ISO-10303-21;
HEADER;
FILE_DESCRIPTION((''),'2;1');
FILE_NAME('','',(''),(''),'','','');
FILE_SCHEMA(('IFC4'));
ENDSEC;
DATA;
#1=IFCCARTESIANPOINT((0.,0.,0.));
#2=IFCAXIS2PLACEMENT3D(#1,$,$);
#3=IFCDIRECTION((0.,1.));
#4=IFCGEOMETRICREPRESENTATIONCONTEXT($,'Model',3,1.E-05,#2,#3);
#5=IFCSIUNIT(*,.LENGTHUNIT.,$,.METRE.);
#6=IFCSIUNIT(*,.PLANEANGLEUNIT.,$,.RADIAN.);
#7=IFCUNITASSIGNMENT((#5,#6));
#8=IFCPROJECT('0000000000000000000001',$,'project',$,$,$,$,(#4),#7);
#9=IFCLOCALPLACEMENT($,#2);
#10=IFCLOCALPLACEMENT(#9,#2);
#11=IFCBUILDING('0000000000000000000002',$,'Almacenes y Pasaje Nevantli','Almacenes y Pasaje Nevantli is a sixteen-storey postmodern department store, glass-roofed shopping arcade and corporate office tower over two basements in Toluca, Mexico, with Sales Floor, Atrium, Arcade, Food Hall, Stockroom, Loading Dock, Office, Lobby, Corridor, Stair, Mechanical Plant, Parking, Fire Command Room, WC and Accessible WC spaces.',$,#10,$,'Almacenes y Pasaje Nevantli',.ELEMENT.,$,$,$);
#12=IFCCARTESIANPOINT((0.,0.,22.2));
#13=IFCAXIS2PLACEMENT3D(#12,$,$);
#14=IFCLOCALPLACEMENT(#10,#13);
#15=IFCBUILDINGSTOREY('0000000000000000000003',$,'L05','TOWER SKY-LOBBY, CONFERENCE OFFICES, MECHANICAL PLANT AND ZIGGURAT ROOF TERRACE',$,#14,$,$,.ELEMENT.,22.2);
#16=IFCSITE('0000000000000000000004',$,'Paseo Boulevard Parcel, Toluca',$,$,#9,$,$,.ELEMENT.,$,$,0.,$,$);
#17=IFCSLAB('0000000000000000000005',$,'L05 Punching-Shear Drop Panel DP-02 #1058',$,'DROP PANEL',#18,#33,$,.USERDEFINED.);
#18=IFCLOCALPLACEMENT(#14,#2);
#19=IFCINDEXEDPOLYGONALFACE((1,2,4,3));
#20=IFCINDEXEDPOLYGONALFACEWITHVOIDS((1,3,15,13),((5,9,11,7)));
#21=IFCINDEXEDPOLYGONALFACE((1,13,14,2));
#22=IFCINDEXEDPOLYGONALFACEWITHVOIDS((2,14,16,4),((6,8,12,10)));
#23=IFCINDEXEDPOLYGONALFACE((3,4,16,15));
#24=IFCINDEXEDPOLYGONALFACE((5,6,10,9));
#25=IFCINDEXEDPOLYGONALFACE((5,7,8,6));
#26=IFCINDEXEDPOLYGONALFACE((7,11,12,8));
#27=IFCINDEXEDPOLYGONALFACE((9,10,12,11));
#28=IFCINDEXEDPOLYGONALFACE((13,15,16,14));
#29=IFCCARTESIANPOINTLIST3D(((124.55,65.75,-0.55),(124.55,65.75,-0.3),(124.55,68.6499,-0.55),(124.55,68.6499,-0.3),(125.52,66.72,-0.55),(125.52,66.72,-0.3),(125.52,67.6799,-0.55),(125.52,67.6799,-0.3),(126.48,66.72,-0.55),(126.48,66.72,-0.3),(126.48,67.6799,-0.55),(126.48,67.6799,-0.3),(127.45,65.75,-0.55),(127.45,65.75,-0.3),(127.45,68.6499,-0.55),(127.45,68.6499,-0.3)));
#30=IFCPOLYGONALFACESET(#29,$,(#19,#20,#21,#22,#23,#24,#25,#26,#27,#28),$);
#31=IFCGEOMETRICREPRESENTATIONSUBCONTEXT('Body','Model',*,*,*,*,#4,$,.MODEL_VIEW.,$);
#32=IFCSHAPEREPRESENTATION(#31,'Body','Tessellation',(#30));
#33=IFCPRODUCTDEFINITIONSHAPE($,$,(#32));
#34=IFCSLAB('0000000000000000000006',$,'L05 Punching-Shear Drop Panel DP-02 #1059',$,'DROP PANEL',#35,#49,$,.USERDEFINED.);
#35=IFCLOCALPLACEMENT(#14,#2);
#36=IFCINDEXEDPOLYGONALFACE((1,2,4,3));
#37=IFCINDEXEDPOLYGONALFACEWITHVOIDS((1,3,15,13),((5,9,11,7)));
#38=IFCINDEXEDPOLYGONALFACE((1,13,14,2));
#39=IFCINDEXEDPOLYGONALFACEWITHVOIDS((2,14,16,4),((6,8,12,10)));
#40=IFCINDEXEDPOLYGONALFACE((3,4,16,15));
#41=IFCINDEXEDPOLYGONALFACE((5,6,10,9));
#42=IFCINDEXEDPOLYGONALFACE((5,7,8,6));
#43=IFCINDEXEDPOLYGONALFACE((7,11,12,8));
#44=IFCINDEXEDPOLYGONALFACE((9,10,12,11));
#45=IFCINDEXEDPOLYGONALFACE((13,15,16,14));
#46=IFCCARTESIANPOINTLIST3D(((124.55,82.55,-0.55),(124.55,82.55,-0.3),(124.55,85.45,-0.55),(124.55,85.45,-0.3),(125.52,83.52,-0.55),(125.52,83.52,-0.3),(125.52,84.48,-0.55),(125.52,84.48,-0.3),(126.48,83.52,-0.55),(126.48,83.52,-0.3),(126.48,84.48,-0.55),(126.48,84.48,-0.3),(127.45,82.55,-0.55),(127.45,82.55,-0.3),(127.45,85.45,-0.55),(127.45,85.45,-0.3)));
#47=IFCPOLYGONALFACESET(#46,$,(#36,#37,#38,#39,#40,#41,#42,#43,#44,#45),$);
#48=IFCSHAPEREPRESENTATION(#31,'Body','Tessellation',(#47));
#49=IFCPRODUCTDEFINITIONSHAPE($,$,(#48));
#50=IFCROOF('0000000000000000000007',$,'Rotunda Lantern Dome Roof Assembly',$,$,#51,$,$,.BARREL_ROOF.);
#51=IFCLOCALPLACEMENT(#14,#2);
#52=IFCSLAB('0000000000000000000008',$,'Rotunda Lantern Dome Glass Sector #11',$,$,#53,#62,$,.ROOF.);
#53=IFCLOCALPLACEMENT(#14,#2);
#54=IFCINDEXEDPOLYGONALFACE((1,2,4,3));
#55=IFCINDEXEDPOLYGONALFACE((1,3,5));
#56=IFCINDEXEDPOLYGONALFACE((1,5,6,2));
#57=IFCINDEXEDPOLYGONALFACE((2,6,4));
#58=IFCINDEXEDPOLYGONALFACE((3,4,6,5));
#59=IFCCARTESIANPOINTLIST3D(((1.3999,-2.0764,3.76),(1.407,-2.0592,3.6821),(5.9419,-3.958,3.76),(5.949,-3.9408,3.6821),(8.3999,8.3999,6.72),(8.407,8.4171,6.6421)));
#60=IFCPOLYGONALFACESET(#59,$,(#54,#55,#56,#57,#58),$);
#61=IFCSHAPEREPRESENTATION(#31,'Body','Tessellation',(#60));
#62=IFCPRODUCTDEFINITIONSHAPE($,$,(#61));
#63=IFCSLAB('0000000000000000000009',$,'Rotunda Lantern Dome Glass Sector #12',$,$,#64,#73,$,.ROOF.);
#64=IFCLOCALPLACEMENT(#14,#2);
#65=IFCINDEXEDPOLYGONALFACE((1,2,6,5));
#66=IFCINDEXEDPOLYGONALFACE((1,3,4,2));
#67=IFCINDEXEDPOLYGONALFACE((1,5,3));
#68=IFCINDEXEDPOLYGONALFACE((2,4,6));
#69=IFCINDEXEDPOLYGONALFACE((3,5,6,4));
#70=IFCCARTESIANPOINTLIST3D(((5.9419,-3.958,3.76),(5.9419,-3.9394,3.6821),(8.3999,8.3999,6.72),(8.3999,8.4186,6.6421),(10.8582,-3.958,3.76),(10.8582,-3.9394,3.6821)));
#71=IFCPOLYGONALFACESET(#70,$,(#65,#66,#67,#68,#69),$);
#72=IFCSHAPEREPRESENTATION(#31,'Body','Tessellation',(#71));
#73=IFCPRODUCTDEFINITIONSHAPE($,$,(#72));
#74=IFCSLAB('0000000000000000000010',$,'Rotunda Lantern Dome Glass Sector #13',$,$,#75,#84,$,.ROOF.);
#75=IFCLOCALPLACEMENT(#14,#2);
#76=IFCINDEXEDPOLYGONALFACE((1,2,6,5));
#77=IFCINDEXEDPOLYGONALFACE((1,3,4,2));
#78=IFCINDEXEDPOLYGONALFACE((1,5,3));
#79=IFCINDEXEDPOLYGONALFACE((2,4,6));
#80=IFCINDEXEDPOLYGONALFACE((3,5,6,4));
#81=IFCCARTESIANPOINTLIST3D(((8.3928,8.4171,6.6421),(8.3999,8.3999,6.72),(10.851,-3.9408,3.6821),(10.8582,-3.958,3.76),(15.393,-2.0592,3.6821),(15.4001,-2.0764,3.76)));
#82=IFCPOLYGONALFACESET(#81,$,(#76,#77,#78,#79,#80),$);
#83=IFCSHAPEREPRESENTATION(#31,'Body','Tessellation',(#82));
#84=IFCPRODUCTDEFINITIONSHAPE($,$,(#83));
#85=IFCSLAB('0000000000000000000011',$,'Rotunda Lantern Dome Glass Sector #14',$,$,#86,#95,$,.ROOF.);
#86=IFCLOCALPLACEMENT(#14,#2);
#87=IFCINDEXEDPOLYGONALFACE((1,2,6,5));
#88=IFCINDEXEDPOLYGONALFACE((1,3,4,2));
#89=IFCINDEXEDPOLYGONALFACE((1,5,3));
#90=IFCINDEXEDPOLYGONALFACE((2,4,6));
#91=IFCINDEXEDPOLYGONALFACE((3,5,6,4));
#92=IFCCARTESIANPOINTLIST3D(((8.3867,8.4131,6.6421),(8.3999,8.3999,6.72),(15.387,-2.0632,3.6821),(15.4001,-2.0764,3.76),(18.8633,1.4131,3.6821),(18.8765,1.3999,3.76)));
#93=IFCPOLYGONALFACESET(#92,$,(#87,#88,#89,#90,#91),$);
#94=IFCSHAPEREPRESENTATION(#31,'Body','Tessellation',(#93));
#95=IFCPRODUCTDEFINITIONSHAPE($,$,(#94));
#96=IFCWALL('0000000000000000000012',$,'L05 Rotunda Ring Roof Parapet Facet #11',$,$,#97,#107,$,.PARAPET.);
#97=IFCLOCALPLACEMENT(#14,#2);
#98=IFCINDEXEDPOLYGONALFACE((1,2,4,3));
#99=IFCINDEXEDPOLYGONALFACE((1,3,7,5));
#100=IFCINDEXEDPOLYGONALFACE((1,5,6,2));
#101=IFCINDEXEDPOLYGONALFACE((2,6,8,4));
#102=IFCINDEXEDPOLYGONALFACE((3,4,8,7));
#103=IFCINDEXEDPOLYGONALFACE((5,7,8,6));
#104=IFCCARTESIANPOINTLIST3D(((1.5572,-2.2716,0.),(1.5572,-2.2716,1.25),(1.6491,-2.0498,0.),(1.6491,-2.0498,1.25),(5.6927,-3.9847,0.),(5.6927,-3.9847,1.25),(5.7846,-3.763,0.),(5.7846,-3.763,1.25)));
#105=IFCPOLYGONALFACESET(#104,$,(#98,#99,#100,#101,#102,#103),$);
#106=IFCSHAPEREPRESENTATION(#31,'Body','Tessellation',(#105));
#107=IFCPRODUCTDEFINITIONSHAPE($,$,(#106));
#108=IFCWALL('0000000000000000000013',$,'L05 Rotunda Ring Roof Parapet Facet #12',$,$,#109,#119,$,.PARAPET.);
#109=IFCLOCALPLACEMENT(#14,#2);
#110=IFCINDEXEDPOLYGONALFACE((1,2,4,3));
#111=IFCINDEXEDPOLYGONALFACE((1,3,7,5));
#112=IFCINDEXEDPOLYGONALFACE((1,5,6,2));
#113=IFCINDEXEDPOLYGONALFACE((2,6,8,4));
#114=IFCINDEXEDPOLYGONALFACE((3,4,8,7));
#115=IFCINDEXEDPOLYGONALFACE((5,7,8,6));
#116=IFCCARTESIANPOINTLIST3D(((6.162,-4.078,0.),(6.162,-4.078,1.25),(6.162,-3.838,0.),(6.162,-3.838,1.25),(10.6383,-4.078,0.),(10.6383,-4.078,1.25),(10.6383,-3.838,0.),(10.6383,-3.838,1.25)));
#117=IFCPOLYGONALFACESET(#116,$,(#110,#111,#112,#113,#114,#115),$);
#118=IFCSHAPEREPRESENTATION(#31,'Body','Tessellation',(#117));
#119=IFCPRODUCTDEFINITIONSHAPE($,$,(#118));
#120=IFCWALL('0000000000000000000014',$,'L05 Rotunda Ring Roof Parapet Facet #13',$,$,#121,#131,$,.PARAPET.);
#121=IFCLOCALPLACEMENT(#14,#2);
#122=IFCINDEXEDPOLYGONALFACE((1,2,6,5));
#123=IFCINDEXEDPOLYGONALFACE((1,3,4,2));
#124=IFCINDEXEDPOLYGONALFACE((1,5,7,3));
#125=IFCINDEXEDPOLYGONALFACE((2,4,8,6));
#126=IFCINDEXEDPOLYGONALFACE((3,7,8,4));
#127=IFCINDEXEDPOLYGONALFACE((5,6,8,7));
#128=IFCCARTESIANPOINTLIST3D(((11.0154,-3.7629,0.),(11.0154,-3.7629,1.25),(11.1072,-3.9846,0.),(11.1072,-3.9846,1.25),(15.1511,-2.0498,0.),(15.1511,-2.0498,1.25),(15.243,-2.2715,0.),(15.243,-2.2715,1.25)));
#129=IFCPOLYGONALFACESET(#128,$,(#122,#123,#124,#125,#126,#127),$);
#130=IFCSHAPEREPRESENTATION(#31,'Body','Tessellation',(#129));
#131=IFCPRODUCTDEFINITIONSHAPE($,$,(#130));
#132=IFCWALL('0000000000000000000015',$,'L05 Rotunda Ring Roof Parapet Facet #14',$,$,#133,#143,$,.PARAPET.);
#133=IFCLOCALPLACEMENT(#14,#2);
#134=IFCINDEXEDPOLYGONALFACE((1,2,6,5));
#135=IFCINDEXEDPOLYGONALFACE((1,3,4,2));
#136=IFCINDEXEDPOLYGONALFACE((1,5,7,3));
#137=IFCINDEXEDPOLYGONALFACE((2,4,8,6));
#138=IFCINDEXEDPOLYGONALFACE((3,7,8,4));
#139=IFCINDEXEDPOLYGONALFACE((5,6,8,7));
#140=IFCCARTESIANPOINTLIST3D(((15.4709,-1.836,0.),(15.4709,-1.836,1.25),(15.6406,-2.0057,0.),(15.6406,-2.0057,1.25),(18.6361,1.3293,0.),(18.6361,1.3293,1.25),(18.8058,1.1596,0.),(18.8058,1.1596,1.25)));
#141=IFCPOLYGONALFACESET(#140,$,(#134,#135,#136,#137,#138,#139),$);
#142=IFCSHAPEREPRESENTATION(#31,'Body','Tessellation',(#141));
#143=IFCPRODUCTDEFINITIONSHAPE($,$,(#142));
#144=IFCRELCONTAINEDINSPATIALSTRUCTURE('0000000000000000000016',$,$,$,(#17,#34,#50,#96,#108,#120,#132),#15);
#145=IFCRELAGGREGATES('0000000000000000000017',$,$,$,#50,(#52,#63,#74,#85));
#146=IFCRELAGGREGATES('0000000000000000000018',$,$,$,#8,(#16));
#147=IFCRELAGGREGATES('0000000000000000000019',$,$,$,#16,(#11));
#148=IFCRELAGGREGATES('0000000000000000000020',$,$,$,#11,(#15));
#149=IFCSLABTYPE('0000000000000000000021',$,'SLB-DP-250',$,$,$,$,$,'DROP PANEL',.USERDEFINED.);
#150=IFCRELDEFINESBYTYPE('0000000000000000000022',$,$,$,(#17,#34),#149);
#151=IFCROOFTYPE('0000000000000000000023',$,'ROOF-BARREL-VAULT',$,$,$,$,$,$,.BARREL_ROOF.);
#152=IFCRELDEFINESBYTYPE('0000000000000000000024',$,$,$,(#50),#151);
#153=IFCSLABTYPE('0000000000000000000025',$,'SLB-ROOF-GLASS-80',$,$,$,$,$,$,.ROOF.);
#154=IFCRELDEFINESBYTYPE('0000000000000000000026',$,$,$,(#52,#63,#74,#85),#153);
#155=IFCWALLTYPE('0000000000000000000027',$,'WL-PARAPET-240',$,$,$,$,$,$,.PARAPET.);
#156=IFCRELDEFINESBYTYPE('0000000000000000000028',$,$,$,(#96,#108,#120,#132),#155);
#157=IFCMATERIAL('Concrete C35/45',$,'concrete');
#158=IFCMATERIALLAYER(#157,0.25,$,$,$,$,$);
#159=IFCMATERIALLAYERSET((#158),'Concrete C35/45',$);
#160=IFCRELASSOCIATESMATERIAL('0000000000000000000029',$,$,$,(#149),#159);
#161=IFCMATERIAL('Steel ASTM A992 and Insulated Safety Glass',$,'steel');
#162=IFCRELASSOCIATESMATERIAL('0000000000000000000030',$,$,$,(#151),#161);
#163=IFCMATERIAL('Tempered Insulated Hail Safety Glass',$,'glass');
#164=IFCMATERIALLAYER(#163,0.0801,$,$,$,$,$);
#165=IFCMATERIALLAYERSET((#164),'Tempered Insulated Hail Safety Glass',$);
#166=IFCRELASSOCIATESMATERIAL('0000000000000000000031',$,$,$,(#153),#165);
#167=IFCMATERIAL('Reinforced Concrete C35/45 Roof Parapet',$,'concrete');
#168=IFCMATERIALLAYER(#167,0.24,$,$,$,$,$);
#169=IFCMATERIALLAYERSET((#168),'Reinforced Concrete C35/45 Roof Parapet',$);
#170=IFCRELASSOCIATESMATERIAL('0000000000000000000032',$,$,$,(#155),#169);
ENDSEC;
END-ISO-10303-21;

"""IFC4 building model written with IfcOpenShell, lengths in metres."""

from ifc_helpers import new_model, si_unit, direction, frame, frame_2d, origin, place, context, subcontext, project, spatial, polyline, rectangle, outline, extrude, material, layer, layer_set, type_object, element, aggregate, save


model = new_model("IFC4")

# Units and contexts
model_context = context("Model", 3, precision=1e-05, world=origin(), true_north=direction((0.0, 1.0)))
body_context = subcontext(model_context, "Body", "Model", "MODEL_VIEW")
ifc_project = project(units=[si_unit("LENGTHUNIT", "METRE"), si_unit("PLANEANGLEUNIT", "RADIAN")], contexts=[model_context])

# Site, building, storey
site_placement = place(None, origin())
site = spatial("IfcSite", under=ifc_project, at=site_placement, Name="Paseo Boulevard Parcel, Toluca", CompositionType="ELEMENT", RefElevation=0.0)
building_placement = place(site_placement, origin())
building = spatial("IfcBuilding", under=site, at=building_placement, Name="Almacenes y Pasaje Nevantli", Description="Almacenes y Pasaje Nevantli is a sixteen-storey postmodern department store, glass-roofed shopping arcade and corporate office tower over two basements in Toluca, Mexico, with Sales Floor, Atrium, Arcade, Food Hall, Stockroom, Loading Dock, Office, Lobby, Corridor, Stair, Mechanical Plant, Parking, Fire Command Room, WC and Accessible WC spaces.", LongName="Almacenes y Pasaje Nevantli", CompositionType="ELEMENT")
storey_placement = place(building_placement, frame((0.0, 0.0, 22.2)))
storey = spatial("IfcBuildingStorey", under=building, at=storey_placement, Name="L05", Description="TOWER SKY-LOBBY, CONFERENCE OFFICES, MECHANICAL PLANT AND ZIGGURAT ROOF TERRACE", CompositionType="ELEMENT", Elevation=22.2)

# Slabs
ifc_material_1 = material(Name="Concrete C35/45", Category="concrete")
ifc_layer_1 = layer(ifc_material_1, 0.25)
ifc_layer_set_1 = layer_set([ifc_layer_1], Name="Concrete C35/45")
slab_type_1 = type_object("IfcSlabType", Name="SLB-DP-250", ElementType="DROP PANEL", PredefinedType="USERDEFINED", material=ifc_layer_set_1)
slab_1_placement = place(storey_placement, frame((0.0, 0.0, -0.55)))
element("IfcSlab", 1, at=slab_1_placement, inside=storey, type_object=slab_type_1, Name="L05 Punching-Shear Drop Panel DP-02 #1058", ObjectType="DROP PANEL", PredefinedType="USERDEFINED", context=body_context, shape_type="SweptSolid", body=[
    extrude(outline(polyline([(124.55, 65.75), (127.45, 65.75), (127.45, 68.6499), (124.55, 68.6499), (124.55, 65.75)]), holes=[polyline([(125.52, 66.72), (126.48, 66.72), (126.48, 67.6799), (125.52, 67.6799), (125.52, 66.72)])]), origin(), (0.0, 0.0, 1.0), 0.25),
])
slab_2_placement = place(storey_placement, frame((0.0, 0.0, -0.55)))
element("IfcSlab", 2, at=slab_2_placement, inside=storey, type_object=slab_type_1, Name="L05 Punching-Shear Drop Panel DP-02 #1059", ObjectType="DROP PANEL", PredefinedType="USERDEFINED", context=body_context, shape_type="SweptSolid", body=[
    extrude(outline(polyline([(124.55, 82.55), (127.45, 82.55), (127.45, 85.45), (124.55, 85.45), (124.55, 82.55)]), holes=[polyline([(125.52, 83.52), (126.48, 83.52), (126.48, 84.48), (125.52, 84.48), (125.52, 83.52)])]), origin(), (0.0, 0.0, 1.0), 0.25),
])

# Roof, slabs
ifc_material_2 = material(Name="Steel ASTM A992 and Insulated Safety Glass", Category="steel")
roof_type = type_object("IfcRoofType", Name="ROOF-BARREL-VAULT", PredefinedType="BARREL_ROOF", material=ifc_material_2)
roof_placement = place(storey_placement, origin())
roof = element("IfcRoof", 3, at=roof_placement, inside=storey, type_object=roof_type, Name="Rotunda Lantern Dome Roof Assembly", PredefinedType="BARREL_ROOF")
ifc_material_3 = material(Name="Tempered Insulated Hail Safety Glass", Category="glass")
ifc_layer_2 = layer(ifc_material_3, 0.0801)
ifc_layer_set_2 = layer_set([ifc_layer_2], Name="Tempered Insulated Hail Safety Glass")
slab_type_2 = type_object("IfcSlabType", Name="SLB-ROOF-GLASS-80", PredefinedType="ROOF", material=ifc_layer_set_2)
slab_3_placement = place(storey_placement, frame((1.3999, -2.0764, 3.76), z_axis=(-0.08915, -0.215199, 0.972493), x_axis=(0.923862, -0.382725, 0.0)))
slab_3 = element("IfcSlab", 4, at=slab_3_placement, type_object=slab_type_2, Name="Rotunda Lantern Dome Glass Sector #11", PredefinedType="ROOF", context=body_context, shape_type="SweptSolid", body=[
    extrude(outline(polyline([(0.0, 0.0), (4.9163, 0.0), (2.4575, 12.7073), (0.0, 0.0)])), origin(), (0.0, 0.0, -1.0), 0.0801),
])
slab_4_placement = place(storey_placement, frame((5.9419, -3.958, 3.76), z_axis=(0.0, -0.232931, 0.972493), x_axis=(1.0, 0.0, 0.0)))
slab_4 = element("IfcSlab", 5, at=slab_4_placement, type_object=slab_type_2, Name="Rotunda Lantern Dome Glass Sector #12", PredefinedType="ROOF", context=body_context, shape_type="SweptSolid", body=[
    extrude(outline(polyline([(0.0, 0.0), (4.9163, 0.0), (2.458, 12.7075), (0.0, 0.0)])), origin(), (0.0, 0.0, -1.0), 0.0801),
])
slab_5_placement = place(storey_placement, frame((10.8582, -3.958, 3.76), z_axis=(0.089149, -0.215197, 0.972493), x_axis=(0.923862, 0.382725, 0.0)))
slab_5 = element("IfcSlab", 6, at=slab_5_placement, type_object=slab_type_2, Name="Rotunda Lantern Dome Glass Sector #13", PredefinedType="ROOF", context=body_context, shape_type="SweptSolid", body=[
    extrude(outline(polyline([(0.0, 0.0), (4.9163, 0.0), (2.4586, 12.7074), (0.0, 0.0)])), origin(), (0.0, 0.0, -1.0), 0.0801),
])
slab_6_placement = place(storey_placement, frame((15.4001, -2.0764, 3.76), z_axis=(0.164709, -0.164709, 0.972493), x_axis=(0.707107, 0.707107, 0.0)))
slab_6 = element("IfcSlab", 7, at=slab_6_placement, type_object=slab_type_2, Name="Rotunda Lantern Dome Glass Sector #14", PredefinedType="ROOF", context=body_context, shape_type="SweptSolid", body=[
    extrude(outline(polyline([(0.0, 0.0), (4.9163, 0.0), (2.458, 12.7073), (0.0, 0.0)])), origin(), (0.0, 0.0, -1.0), 0.0801),
])
aggregate(roof, [slab_3, slab_4, slab_5, slab_6])

# Walls
ifc_material_4 = material(Name="Reinforced Concrete C35/45 Roof Parapet", Category="concrete")
ifc_layer_3 = layer(ifc_material_4, 0.24)
ifc_layer_set_3 = layer_set([ifc_layer_3], Name="Reinforced Concrete C35/45 Roof Parapet")
wall_type = type_object("IfcWallType", Name="WL-PARAPET-240", PredefinedType="PARAPET", material=ifc_layer_set_3)
for number, where, z_axis, x_axis, name in (
    (8, (1.603, -2.1606, 0.0), (0.0, 0.0, 1.0), (0.923867, -0.382713, 0.0), "L05 Rotunda Ring Roof Parapet Facet #11"),
    (9, (6.1619, -3.958, 0.0), (0.0, 0.0, 1.0), (1.0, 0.0, 0.0), "L05 Rotunda Ring Roof Parapet Facet #12"),
):
    element("IfcWall", number, at=place(storey_placement, frame(where, z_axis=z_axis, x_axis=x_axis)), inside=storey, type_object=wall_type, Name=name, PredefinedType="PARAPET", context=body_context, shape_type="SweptSolid", body=[
        extrude(rectangle(XDim=4.4763, YDim=0.24, at=frame_2d((2.2383, 0.0))), origin(), (0.0, 0.0, 1.0), 1.25),
    ])
wall_1_placement = place(storey_placement, frame((11.0613, -3.8738, 0.0), z_axis=(0.0, 0.0, 1.0), x_axis=(0.923875, 0.382694, 0.0)))
element("IfcWall", 10, at=wall_1_placement, inside=storey, type_object=wall_type, Name="L05 Rotunda Ring Roof Parapet Facet #13", PredefinedType="PARAPET", context=body_context, shape_type="SweptSolid", body=[
    extrude(rectangle(XDim=4.4766, YDim=0.24, at=frame_2d((2.2383, 0.0))), origin(), (0.0, 0.0, 1.0), 1.25),
])
wall_2_placement = place(storey_placement, frame((15.5557, -1.9209, 0.0), z_axis=(0.0, 0.0, 1.0), x_axis=(0.707107, 0.707107, 0.0)))
element("IfcWall", 11, at=wall_2_placement, inside=storey, type_object=wall_type, Name="L05 Rotunda Ring Roof Parapet Facet #14", PredefinedType="PARAPET", context=body_context, shape_type="SweptSolid", body=[
    extrude(rectangle(XDim=4.4763, YDim=0.24, at=frame_2d((2.2383, 0.0))), origin(), (0.0, 0.0, 1.0), 1.25),
])

save(model, "model.ifc")
